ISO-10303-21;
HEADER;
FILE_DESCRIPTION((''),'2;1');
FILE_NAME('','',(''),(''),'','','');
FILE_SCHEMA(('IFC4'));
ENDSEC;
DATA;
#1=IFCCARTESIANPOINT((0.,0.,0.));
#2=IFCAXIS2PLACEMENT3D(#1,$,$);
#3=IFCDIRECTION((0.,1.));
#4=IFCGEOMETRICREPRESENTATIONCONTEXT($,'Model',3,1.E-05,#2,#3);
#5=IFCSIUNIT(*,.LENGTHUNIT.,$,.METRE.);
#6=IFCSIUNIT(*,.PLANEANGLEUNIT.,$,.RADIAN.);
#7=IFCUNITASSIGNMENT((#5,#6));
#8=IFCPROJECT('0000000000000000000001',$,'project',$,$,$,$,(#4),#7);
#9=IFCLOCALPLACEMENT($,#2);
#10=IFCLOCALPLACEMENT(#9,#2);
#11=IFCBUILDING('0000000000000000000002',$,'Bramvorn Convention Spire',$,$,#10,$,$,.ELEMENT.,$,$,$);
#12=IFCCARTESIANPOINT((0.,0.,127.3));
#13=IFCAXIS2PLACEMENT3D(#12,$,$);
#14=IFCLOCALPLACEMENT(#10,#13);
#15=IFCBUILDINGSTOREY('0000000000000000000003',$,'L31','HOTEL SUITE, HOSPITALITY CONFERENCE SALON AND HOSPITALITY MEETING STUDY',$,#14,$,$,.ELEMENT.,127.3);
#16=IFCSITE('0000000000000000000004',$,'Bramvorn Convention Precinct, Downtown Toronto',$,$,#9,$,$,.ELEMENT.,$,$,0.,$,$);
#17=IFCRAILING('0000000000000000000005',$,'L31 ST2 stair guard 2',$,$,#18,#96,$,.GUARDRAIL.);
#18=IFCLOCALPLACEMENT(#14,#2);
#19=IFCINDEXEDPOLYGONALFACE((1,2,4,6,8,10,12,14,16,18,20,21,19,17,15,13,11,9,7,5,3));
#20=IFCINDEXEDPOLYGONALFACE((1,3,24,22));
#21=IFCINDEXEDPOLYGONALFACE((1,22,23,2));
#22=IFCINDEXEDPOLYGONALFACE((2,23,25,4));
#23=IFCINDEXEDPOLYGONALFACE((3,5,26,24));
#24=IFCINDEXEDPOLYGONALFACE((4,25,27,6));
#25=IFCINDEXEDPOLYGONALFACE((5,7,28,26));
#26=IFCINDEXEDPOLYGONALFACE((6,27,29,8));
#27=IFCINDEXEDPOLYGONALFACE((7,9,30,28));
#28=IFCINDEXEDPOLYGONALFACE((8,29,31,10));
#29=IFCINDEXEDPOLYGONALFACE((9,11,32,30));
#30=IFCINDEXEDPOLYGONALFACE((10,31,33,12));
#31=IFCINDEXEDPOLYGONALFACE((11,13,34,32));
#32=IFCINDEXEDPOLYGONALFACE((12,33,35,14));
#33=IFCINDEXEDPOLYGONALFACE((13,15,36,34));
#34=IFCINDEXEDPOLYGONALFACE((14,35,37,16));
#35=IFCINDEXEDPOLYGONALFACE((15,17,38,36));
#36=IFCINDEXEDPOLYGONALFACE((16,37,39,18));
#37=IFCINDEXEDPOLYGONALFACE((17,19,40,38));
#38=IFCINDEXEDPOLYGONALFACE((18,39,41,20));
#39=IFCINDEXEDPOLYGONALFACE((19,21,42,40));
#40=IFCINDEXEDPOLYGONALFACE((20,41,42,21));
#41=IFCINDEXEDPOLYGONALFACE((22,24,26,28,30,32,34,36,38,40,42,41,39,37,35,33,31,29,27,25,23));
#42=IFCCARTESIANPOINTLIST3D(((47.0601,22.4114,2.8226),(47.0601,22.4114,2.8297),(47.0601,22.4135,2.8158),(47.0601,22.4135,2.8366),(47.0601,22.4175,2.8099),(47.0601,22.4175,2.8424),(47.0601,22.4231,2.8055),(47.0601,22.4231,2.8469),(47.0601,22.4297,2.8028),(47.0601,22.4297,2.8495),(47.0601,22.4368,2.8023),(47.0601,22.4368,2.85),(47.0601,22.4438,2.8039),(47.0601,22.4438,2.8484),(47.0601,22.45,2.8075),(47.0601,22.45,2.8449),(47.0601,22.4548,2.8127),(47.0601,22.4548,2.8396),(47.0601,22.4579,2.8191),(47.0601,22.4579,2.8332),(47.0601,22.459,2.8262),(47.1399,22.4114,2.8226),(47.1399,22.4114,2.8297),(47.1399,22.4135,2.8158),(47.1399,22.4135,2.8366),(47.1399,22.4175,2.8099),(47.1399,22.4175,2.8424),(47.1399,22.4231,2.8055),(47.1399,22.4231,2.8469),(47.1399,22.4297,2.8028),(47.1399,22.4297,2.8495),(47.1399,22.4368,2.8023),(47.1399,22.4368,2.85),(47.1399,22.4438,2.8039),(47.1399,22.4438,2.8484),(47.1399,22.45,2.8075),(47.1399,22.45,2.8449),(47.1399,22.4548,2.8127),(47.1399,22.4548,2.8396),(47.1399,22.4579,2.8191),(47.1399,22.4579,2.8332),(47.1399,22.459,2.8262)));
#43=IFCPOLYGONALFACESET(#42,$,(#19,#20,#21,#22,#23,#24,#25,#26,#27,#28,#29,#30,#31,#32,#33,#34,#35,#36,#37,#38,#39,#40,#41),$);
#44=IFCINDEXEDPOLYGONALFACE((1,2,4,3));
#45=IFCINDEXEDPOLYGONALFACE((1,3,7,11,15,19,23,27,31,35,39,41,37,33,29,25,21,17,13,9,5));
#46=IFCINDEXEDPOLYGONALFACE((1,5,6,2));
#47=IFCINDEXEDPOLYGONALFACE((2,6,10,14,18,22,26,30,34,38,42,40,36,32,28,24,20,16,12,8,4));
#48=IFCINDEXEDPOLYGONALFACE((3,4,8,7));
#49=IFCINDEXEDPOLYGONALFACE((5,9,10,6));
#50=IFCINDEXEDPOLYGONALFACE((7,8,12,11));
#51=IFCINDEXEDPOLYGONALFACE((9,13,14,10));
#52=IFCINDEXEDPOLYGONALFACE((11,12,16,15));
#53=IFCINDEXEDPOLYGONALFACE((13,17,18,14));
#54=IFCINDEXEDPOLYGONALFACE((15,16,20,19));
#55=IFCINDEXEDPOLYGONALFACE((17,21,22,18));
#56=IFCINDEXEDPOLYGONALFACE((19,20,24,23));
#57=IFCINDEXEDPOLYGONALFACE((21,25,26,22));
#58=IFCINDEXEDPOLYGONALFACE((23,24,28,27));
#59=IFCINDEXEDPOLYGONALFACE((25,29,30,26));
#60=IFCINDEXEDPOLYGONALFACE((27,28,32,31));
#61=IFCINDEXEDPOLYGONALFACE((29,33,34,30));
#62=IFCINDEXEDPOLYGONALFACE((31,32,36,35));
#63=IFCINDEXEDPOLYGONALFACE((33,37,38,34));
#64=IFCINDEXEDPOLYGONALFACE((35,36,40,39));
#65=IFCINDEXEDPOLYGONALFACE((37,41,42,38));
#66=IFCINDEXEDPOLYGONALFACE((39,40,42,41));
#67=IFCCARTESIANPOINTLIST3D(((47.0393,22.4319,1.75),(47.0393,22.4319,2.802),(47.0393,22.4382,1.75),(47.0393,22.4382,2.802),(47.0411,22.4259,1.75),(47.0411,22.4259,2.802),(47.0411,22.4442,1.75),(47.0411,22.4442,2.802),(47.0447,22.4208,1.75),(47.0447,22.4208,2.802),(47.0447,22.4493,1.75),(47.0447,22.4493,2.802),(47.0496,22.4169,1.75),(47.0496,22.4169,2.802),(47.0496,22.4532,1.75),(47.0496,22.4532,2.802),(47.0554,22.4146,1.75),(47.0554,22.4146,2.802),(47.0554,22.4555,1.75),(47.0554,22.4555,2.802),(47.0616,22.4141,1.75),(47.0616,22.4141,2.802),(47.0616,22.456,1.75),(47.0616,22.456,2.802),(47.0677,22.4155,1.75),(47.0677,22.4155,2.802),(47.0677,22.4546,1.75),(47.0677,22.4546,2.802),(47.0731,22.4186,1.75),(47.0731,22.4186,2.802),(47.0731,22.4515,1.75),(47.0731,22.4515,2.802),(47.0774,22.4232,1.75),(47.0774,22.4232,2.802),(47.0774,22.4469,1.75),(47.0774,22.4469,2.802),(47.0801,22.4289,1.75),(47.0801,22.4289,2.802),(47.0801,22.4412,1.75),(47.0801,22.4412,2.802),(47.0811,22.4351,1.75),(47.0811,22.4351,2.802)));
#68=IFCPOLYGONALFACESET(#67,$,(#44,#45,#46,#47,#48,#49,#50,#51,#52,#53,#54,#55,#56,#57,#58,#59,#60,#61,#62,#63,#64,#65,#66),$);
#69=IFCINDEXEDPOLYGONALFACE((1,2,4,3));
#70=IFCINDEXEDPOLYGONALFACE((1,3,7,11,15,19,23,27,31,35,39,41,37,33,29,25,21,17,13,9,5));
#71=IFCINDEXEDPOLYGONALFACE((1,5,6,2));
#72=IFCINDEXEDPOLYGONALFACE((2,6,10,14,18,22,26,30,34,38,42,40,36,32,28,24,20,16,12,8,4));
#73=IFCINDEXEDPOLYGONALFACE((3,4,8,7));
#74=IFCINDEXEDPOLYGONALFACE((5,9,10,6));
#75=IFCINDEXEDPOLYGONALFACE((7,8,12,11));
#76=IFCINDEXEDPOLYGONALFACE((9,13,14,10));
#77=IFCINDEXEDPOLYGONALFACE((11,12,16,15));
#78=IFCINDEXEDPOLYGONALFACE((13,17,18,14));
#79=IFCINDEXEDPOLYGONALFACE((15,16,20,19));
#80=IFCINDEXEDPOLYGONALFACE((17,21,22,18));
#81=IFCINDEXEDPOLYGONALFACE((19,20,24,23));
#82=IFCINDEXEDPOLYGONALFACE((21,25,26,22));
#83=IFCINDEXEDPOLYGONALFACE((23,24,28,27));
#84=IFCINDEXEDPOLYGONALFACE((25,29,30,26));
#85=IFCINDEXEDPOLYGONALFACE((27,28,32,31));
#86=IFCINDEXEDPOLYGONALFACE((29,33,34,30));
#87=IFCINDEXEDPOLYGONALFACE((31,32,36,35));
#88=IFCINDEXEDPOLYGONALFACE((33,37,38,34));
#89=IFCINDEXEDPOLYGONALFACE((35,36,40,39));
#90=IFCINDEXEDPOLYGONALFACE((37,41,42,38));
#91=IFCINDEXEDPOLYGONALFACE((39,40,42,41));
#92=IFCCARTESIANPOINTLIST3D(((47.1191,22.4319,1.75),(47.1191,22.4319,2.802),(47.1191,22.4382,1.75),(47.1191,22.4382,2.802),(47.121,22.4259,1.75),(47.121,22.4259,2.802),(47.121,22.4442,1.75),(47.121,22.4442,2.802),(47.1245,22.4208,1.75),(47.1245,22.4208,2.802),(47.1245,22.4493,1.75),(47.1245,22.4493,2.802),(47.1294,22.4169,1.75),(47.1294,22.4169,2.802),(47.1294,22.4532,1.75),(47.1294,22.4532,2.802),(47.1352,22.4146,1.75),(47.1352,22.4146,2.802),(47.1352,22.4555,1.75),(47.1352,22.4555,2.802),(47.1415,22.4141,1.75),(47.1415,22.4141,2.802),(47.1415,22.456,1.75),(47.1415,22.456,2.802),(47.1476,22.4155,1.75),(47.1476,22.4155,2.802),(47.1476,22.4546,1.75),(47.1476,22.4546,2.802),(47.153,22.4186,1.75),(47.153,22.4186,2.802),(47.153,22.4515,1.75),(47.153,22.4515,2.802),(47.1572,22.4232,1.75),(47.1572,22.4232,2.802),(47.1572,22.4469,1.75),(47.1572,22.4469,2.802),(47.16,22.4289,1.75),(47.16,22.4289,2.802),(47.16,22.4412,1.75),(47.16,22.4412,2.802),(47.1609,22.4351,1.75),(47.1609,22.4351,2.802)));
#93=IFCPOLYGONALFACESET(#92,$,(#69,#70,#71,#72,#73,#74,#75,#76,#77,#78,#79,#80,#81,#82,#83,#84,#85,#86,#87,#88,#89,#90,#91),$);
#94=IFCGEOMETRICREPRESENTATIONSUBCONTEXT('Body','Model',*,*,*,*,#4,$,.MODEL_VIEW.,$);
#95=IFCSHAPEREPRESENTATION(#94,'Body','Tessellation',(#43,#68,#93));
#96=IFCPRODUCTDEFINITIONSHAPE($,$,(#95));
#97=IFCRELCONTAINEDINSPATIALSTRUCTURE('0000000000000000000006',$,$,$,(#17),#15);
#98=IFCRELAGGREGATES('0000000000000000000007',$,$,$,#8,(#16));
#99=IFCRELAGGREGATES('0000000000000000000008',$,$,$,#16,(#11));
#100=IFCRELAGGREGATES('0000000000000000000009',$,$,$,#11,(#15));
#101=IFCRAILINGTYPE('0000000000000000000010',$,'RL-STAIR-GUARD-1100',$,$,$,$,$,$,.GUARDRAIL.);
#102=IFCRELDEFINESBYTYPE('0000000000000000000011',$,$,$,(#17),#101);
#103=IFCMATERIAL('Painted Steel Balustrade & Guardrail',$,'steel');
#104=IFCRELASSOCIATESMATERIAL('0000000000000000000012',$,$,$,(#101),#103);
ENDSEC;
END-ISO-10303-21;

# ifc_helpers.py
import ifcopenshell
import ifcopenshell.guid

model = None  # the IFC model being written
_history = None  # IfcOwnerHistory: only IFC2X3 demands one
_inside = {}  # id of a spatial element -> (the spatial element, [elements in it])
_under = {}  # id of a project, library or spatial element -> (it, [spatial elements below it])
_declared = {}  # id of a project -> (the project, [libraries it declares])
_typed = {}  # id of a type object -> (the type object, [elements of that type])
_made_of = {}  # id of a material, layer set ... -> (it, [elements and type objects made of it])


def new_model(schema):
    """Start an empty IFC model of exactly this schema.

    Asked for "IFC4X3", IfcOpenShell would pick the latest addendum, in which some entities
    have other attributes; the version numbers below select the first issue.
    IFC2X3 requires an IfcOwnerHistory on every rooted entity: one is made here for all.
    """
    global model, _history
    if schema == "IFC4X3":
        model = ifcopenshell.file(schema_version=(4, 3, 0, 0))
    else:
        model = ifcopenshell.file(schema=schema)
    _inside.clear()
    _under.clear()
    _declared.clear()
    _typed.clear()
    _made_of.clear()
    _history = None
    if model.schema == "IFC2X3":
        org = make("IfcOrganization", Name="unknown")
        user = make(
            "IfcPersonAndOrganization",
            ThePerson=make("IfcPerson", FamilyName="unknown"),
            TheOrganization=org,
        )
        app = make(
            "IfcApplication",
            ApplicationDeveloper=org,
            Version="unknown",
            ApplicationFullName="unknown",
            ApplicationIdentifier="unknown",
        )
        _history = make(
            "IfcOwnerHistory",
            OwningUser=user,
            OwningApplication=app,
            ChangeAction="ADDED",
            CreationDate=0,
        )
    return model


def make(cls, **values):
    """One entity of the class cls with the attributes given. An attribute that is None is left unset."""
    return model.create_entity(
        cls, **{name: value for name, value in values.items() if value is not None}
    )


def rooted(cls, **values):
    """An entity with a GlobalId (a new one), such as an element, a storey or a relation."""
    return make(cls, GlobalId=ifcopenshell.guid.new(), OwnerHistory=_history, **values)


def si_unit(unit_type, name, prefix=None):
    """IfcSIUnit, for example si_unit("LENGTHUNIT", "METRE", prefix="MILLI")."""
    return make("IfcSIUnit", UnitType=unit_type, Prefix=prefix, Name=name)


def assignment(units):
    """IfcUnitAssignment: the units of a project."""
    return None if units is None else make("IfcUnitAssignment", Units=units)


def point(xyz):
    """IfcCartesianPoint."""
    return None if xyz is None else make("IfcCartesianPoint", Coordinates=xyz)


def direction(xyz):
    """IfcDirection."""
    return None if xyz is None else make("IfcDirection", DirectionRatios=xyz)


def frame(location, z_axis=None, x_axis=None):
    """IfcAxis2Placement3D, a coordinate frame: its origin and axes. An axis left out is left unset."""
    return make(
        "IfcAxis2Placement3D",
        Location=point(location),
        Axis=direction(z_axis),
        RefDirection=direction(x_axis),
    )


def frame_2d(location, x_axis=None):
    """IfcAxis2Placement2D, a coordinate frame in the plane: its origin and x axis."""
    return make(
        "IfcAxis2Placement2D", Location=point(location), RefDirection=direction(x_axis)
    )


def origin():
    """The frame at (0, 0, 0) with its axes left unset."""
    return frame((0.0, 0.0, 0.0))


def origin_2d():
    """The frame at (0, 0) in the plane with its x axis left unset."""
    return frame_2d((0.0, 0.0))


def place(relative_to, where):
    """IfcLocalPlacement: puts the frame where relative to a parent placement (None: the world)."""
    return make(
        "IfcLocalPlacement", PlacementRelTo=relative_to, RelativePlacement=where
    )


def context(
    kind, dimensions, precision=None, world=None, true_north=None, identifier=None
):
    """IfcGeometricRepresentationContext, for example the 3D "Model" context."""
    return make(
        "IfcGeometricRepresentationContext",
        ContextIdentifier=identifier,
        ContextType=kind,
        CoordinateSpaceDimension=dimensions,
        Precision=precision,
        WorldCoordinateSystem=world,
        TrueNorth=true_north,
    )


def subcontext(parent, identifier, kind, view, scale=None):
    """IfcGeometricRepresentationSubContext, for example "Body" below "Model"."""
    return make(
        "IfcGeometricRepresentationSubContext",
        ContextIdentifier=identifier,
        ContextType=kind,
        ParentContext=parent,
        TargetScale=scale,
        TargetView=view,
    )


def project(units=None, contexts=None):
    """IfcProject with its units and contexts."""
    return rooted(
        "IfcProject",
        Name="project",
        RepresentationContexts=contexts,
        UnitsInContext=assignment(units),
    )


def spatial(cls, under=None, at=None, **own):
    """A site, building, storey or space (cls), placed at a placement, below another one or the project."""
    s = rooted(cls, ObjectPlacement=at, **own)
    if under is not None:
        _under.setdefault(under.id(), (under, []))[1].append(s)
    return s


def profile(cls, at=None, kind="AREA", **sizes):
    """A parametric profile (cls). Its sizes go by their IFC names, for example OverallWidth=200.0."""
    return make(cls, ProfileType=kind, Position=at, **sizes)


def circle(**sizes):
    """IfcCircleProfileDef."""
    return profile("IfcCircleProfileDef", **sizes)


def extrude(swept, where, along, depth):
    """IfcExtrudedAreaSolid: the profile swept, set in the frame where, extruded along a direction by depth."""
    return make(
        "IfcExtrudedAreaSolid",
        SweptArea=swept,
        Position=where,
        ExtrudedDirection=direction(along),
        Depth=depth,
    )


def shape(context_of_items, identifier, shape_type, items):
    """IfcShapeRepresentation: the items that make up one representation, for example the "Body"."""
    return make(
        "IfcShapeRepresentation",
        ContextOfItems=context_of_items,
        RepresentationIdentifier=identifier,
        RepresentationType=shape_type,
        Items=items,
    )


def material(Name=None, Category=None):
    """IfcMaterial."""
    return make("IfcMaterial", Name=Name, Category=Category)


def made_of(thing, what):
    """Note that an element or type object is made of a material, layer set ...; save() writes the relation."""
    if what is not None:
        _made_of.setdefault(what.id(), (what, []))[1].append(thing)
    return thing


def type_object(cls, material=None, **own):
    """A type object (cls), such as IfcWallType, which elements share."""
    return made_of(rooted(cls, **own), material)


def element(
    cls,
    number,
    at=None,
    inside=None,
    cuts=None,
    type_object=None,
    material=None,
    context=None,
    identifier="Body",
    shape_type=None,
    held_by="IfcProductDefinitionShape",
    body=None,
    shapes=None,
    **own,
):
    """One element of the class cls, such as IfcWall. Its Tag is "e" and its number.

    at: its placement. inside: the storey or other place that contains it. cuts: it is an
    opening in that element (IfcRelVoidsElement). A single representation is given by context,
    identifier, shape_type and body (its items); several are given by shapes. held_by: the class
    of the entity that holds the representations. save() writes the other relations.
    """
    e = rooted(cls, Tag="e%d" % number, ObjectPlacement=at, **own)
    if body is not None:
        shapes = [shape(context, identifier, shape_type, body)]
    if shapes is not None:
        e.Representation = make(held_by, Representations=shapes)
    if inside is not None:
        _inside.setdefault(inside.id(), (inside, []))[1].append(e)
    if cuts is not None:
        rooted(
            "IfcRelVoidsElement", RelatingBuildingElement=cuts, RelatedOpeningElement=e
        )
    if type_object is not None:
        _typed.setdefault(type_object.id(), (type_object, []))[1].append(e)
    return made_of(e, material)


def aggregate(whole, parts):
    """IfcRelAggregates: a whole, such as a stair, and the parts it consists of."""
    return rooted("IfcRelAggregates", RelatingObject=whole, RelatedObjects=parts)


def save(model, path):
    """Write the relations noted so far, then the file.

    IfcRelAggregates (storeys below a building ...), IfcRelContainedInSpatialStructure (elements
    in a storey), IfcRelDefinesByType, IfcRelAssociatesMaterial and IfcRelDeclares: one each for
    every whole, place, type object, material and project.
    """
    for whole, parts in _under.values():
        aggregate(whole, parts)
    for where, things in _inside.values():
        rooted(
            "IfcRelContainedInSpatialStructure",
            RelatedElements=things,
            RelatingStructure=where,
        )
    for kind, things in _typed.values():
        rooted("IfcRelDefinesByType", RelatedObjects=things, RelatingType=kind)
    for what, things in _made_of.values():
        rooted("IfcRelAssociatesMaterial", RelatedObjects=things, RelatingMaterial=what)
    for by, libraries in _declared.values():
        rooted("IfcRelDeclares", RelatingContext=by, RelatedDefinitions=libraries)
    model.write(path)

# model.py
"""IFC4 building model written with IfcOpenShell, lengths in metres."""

from ifc_helpers import new_model, si_unit, direction, frame, origin, origin_2d, place, context, subcontext, project, spatial, circle, extrude, material, type_object, element, save


model = new_model("IFC4")

# Units and contexts
model_context = context("Model", 3, precision=1e-05, world=origin(), true_north=direction((0.0, 1.0)))
body_context = subcontext(model_context, "Body", "Model", "MODEL_VIEW")
ifc_project = project(units=[si_unit("LENGTHUNIT", "METRE"), si_unit("PLANEANGLEUNIT", "RADIAN")], contexts=[model_context])

# Site, building, storey
site_placement = place(None, origin())
site = spatial("IfcSite", under=ifc_project, at=site_placement, Name="Bramvorn Convention Precinct, Downtown Toronto", CompositionType="ELEMENT", RefElevation=0.0)
building_placement = place(site_placement, origin())
building = spatial("IfcBuilding", under=site, at=building_placement, Name="Bramvorn Convention Spire", CompositionType="ELEMENT")
storey_placement = place(building_placement, frame((0.0, 0.0, 127.3)))
storey = spatial("IfcBuildingStorey", under=building, at=storey_placement, Name="L31", Description="HOTEL SUITE, HOSPITALITY CONFERENCE SALON AND HOSPITALITY MEETING STUDY", CompositionType="ELEMENT", Elevation=127.3)

# Railing
ifc_material_1 = material(Name="Painted Steel Balustrade & Guardrail", Category="steel")
railing_type_1 = type_object("IfcRailingType", Name="RL-STAIR-GUARD-1100", PredefinedType="GUARDRAIL", material=ifc_material_1)
railing_1_placement = place(storey_placement, frame((47.0601, 22.4351, 1.75)))
element("IfcRailing", 1, at=railing_1_placement, inside=storey, type_object=railing_type_1, Name="L31 ST2 stair guard 2", PredefinedType="GUARDRAIL", context=body_context, shape_type="SweptSolid", body=[
    extrude(circle(Radius=0.0239, at=origin_2d()), frame((0.0, 0.0, 1.0762), z_axis=(1.0, 0.0, 0.0), x_axis=(0.0, 1.0, 0.0)), (0.0, 0.0, 1.0), 0.0798),
    extrude(circle(Radius=0.021, at=origin_2d()), origin(), (0.0, 0.0, 1.0), 1.052),
    extrude(circle(Radius=0.021, at=origin_2d()), frame((0.0798, 0.0, 0.0)), (0.0, 0.0, 1.0), 1.052),
])

save(model, "model.ifc")
